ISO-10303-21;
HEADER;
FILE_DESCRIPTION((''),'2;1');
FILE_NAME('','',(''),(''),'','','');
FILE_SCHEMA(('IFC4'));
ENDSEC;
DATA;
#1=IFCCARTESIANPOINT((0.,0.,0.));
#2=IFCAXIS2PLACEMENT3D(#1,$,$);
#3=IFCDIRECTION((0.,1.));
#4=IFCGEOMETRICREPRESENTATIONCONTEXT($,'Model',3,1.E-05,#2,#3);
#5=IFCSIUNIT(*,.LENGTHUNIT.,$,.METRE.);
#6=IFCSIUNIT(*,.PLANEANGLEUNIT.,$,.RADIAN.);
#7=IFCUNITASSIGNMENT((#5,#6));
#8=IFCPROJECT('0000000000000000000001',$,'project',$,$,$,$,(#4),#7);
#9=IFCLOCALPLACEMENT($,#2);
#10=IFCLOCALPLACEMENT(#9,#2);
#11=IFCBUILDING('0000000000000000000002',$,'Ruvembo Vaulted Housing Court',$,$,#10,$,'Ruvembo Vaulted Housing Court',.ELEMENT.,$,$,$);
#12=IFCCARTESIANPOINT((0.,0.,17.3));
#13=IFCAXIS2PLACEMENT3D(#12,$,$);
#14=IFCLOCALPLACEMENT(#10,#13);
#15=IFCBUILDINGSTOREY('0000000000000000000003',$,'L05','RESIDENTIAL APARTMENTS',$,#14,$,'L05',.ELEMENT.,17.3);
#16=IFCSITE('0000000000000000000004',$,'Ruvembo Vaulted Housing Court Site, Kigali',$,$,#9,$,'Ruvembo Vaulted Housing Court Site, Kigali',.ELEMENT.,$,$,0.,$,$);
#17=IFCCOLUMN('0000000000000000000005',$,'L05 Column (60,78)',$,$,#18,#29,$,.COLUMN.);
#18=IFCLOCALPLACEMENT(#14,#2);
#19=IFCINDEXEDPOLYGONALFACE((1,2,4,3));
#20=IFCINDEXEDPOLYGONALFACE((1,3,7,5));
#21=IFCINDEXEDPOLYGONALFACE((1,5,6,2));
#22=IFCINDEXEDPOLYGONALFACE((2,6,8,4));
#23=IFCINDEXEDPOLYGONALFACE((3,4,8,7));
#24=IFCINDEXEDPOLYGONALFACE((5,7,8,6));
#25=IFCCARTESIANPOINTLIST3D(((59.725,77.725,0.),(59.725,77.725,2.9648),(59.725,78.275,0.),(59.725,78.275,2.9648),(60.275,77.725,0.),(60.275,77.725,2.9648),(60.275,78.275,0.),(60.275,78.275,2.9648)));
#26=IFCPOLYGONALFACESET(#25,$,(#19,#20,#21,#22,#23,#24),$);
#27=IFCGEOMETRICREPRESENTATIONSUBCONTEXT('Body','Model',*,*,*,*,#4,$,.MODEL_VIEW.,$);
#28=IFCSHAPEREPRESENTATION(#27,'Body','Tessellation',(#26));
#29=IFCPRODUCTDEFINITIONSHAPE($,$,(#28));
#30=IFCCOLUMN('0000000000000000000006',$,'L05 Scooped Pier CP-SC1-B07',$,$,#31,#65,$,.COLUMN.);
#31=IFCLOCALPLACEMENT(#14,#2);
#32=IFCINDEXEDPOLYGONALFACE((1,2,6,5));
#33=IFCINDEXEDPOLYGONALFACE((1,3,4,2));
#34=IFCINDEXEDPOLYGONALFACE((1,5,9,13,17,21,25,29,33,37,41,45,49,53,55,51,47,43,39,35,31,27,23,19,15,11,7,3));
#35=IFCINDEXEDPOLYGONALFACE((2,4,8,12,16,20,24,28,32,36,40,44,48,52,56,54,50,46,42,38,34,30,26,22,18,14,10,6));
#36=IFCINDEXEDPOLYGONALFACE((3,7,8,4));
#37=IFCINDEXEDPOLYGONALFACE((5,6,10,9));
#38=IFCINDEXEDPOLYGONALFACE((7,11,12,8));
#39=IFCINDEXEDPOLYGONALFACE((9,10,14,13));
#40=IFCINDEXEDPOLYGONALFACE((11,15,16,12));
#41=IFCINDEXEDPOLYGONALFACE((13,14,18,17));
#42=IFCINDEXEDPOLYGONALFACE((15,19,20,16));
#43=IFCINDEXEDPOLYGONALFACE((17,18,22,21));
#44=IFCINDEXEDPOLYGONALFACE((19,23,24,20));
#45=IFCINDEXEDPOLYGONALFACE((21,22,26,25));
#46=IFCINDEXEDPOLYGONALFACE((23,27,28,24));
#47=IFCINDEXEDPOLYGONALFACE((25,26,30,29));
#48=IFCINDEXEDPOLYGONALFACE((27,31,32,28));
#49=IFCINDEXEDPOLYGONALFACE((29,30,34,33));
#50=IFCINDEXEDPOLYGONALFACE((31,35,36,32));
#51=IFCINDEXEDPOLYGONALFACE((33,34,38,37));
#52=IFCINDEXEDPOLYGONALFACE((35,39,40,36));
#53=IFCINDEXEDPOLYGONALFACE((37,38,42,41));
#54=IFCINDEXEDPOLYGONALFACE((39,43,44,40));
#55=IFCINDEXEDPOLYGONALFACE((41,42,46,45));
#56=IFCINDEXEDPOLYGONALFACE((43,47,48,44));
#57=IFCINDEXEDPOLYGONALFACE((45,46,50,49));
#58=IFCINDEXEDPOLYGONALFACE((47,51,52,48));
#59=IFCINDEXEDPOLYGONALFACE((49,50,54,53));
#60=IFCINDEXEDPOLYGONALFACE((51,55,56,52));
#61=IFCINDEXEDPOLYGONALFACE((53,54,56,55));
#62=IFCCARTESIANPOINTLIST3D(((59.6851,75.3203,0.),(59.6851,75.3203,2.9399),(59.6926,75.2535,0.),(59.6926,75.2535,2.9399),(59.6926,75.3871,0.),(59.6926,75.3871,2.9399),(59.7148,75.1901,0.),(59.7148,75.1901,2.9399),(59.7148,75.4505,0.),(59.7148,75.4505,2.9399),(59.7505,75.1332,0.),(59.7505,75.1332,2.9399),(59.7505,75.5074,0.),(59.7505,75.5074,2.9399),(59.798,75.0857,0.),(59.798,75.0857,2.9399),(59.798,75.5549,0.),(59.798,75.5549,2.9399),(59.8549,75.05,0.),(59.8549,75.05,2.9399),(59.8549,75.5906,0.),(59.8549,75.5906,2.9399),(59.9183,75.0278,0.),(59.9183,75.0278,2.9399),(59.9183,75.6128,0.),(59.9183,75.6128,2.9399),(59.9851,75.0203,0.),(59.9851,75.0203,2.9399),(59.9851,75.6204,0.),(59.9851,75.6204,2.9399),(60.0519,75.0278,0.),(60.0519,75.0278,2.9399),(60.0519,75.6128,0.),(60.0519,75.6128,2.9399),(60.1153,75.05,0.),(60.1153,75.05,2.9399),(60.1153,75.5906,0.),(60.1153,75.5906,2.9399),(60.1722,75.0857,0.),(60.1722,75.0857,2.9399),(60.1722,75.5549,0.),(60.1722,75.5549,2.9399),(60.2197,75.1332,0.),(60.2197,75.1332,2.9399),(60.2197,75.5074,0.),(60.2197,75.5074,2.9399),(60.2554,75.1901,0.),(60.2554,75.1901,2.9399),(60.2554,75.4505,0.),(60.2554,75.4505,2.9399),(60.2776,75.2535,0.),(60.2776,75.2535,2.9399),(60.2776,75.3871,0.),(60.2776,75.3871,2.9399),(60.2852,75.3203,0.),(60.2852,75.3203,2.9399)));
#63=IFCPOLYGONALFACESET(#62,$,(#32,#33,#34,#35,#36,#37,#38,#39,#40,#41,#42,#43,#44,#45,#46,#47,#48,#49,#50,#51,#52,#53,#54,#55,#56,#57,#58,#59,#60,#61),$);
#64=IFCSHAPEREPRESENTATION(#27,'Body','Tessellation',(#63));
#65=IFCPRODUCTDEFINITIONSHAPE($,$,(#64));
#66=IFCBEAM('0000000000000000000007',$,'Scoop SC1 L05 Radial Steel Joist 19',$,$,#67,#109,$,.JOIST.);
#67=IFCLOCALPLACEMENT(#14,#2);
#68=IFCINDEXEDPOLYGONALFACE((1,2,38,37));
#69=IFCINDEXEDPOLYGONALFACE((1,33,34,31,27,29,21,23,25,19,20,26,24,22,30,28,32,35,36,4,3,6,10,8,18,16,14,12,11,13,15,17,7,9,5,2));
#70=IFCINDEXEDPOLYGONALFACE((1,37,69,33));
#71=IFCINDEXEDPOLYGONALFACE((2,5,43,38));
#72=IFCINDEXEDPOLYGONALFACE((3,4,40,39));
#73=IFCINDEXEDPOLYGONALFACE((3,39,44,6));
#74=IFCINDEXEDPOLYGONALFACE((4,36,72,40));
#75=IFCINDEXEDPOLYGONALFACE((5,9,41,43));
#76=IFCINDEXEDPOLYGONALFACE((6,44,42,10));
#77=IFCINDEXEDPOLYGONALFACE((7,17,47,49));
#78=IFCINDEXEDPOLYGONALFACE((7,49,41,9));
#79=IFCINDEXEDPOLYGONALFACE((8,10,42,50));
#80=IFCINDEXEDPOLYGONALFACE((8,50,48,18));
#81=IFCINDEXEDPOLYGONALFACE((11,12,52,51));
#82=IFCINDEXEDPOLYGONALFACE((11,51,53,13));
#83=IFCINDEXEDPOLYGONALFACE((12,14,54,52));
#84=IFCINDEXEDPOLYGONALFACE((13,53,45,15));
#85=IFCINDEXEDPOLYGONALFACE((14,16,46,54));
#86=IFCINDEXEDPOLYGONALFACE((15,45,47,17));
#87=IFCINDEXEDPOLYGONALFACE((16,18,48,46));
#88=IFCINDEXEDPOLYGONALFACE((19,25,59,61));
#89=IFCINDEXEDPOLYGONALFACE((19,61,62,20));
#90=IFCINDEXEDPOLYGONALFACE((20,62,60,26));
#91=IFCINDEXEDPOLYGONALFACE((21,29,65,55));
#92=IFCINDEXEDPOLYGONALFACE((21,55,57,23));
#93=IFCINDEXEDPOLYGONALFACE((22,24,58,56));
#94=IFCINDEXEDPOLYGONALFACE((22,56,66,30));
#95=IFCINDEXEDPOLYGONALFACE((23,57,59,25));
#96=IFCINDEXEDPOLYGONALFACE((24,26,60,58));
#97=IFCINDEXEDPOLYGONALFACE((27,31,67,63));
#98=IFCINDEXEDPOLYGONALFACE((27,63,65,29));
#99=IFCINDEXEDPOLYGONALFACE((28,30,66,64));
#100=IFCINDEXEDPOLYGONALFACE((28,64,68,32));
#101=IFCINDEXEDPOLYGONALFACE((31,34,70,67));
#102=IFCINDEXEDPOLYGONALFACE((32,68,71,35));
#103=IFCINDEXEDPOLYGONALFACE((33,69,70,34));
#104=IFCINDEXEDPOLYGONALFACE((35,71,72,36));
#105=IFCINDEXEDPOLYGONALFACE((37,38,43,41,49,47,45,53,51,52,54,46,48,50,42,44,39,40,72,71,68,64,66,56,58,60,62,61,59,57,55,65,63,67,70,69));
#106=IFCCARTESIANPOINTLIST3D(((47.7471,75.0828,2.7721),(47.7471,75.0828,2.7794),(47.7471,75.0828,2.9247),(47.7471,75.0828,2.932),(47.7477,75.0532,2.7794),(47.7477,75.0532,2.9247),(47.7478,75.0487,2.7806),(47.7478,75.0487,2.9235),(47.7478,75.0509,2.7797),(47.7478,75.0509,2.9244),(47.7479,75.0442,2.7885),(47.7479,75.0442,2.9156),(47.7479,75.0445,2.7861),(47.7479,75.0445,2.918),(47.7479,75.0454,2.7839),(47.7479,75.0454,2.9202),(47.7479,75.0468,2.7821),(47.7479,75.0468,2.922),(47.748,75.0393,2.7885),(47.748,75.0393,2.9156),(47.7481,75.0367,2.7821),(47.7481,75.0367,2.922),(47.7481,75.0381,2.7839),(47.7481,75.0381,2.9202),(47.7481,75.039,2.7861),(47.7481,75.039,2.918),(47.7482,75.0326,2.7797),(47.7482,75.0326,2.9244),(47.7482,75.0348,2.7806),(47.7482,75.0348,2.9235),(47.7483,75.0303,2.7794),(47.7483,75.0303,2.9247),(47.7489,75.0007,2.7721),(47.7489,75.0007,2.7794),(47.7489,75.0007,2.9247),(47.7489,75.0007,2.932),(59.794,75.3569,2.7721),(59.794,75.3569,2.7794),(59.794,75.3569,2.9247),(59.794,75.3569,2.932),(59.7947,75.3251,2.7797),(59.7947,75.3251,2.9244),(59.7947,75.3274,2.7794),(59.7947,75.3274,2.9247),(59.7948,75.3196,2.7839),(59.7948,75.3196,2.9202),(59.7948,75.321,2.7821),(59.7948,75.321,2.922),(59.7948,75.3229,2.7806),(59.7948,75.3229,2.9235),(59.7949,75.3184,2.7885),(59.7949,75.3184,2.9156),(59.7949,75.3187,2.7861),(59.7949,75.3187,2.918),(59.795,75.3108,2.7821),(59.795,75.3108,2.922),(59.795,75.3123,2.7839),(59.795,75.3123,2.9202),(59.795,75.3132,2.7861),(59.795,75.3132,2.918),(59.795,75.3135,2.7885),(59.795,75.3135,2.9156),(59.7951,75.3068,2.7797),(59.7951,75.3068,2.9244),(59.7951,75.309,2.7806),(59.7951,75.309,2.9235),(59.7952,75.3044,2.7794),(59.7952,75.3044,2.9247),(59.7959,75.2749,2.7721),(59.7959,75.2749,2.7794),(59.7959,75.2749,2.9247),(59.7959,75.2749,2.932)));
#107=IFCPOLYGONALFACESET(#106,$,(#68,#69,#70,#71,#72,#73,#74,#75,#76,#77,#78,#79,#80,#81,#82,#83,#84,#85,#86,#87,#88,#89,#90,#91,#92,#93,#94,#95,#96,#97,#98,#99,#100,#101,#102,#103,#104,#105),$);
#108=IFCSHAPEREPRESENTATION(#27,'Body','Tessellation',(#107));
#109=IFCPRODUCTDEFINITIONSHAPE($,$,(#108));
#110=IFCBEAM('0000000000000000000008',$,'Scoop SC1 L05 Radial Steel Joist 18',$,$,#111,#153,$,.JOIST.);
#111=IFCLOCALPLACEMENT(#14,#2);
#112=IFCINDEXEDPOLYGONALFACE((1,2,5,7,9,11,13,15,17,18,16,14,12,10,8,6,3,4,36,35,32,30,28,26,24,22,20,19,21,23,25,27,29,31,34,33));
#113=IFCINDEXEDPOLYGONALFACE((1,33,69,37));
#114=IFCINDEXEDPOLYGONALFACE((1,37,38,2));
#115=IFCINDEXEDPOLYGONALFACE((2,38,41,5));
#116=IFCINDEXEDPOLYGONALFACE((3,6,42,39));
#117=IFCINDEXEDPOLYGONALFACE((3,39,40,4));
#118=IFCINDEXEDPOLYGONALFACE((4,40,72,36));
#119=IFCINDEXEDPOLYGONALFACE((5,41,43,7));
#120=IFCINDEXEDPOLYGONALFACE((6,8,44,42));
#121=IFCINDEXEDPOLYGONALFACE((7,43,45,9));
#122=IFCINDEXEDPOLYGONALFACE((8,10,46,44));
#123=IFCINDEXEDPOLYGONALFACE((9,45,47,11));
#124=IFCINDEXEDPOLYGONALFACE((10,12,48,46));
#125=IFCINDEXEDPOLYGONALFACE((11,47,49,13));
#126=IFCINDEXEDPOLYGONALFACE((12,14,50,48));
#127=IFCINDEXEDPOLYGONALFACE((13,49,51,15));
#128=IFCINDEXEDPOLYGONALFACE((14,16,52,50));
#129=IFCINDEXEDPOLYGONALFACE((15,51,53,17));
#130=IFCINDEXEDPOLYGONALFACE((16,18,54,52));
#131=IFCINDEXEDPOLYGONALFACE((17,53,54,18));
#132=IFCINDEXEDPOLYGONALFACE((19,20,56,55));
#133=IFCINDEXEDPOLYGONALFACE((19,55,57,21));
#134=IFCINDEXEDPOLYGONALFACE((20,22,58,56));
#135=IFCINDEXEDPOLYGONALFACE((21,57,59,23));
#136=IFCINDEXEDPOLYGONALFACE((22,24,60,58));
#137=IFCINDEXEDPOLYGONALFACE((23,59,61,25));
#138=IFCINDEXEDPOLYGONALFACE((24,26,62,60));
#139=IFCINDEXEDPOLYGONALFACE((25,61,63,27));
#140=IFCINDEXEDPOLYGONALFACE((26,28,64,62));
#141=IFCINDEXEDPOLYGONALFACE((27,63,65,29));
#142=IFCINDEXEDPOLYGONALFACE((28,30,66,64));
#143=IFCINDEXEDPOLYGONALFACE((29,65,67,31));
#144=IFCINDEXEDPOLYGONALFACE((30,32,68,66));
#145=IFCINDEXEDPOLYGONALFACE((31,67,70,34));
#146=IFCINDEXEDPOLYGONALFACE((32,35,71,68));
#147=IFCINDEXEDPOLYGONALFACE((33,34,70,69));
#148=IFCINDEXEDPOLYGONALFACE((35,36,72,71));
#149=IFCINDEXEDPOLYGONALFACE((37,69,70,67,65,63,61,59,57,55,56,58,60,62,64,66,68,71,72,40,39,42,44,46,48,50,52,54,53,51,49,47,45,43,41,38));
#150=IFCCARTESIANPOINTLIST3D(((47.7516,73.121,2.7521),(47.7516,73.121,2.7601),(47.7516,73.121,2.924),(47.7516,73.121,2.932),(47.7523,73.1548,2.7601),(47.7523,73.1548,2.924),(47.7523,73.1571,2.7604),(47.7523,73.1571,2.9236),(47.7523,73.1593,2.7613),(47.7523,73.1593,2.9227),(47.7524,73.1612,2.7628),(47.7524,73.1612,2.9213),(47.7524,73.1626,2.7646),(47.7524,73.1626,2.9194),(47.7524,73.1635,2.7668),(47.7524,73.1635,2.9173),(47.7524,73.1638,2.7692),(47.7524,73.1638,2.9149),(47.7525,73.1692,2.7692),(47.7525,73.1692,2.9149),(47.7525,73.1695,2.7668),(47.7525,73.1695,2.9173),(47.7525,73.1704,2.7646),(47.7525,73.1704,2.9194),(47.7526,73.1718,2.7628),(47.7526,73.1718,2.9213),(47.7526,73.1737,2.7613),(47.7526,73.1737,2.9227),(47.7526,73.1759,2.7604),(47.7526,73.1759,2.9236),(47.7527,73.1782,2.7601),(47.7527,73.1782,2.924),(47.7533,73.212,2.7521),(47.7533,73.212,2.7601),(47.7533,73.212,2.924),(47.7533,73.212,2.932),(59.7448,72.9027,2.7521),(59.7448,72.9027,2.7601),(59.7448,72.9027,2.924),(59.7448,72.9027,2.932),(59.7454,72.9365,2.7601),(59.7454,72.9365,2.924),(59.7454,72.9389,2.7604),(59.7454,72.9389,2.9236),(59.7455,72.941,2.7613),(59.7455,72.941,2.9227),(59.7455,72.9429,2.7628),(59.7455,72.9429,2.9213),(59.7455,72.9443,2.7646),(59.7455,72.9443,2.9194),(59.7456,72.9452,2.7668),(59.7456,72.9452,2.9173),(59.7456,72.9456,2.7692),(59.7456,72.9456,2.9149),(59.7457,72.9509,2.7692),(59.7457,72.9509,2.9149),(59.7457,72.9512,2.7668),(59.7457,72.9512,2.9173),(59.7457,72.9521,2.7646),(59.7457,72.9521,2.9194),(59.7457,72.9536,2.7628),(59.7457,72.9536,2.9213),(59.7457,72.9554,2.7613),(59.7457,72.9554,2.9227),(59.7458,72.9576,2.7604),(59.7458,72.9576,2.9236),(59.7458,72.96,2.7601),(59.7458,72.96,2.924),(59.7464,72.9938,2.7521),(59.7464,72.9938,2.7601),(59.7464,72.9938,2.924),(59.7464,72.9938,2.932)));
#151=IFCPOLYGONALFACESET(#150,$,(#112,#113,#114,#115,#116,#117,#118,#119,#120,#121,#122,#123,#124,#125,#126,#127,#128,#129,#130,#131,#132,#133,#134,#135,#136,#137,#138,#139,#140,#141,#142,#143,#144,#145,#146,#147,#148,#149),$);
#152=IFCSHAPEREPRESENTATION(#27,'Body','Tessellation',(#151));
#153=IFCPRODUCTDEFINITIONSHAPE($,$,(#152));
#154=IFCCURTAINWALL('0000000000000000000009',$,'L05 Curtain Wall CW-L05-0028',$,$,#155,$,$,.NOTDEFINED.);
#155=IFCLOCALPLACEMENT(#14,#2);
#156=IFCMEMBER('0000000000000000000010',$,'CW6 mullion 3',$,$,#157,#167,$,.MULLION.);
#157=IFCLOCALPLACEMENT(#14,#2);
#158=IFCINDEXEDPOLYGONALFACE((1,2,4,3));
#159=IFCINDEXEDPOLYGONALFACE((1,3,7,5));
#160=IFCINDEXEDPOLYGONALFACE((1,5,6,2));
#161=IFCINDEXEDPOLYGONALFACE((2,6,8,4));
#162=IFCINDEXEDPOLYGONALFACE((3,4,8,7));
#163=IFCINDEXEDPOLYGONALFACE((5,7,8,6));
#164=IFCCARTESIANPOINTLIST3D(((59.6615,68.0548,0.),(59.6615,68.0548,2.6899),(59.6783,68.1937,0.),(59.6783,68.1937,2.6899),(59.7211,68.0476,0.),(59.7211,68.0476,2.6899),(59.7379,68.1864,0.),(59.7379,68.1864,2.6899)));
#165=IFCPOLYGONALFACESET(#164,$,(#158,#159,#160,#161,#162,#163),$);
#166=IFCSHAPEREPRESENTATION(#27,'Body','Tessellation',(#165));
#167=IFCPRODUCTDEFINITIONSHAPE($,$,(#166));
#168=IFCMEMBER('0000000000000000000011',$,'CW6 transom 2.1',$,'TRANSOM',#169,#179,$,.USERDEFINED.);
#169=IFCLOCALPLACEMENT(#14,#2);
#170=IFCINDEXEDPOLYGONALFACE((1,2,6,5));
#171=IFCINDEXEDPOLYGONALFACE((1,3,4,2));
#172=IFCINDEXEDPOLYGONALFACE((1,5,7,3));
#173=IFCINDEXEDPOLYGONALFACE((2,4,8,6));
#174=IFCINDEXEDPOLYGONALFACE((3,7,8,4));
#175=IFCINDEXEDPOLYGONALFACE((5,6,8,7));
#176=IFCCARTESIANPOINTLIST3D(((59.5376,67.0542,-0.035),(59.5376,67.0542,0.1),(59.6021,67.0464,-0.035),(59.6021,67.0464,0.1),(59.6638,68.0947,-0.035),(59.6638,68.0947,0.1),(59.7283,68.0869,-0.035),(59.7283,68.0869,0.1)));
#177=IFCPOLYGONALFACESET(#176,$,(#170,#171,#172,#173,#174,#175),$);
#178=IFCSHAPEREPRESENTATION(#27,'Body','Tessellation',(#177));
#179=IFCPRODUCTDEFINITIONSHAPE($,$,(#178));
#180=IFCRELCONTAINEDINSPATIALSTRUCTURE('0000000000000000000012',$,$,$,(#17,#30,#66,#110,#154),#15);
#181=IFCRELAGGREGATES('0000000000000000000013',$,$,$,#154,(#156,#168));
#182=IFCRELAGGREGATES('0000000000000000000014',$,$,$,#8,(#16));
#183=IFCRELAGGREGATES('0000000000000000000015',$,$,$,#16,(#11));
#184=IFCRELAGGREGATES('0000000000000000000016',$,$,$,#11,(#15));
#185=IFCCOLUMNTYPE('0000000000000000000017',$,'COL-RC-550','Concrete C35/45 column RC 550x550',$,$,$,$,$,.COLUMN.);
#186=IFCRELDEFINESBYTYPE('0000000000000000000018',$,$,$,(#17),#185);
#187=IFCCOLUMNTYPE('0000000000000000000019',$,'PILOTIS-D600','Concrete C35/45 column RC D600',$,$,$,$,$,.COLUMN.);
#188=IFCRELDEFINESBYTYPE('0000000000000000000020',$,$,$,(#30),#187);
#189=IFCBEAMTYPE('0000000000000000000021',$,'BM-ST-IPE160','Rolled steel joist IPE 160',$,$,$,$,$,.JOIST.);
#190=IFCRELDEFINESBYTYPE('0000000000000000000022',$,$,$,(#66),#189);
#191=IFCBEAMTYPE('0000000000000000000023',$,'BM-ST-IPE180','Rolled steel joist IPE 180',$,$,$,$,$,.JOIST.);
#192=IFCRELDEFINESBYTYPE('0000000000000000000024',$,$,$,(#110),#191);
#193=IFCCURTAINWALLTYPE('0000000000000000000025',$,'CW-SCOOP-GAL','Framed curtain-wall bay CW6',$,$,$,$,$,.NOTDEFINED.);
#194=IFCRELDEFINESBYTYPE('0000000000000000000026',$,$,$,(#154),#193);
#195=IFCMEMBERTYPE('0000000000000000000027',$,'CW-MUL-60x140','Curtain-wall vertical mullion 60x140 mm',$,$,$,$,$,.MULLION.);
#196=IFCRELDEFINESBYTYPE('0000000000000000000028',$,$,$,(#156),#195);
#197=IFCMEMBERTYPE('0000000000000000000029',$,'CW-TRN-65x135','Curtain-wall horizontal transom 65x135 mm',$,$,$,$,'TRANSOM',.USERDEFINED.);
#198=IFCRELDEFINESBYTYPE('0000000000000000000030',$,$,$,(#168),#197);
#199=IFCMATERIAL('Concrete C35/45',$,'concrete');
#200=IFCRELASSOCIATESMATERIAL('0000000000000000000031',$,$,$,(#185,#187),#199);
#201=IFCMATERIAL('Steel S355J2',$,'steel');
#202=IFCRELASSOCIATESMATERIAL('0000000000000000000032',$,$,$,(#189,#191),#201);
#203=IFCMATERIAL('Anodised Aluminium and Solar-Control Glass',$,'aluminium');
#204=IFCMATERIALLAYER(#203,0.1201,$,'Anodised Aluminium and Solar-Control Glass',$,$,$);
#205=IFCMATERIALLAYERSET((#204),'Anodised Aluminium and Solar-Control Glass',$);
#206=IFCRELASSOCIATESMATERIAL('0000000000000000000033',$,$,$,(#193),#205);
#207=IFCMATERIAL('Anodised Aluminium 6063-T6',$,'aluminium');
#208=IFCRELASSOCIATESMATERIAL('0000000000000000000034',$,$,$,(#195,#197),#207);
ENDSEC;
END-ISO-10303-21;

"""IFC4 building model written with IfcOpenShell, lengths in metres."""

from ifc_helpers import new_model, si_unit, direction, frame, origin, origin_2d, place, context, subcontext, project, spatial, rectangle, circle, i_section, extrude, material, layer, layer_set, material_profile, profile_set, type_object, element, aggregate, save


model = new_model("IFC4")

# Units and contexts
model_context = context("Model", 3, precision=1e-05, world=origin(), true_north=direction((0.0, 1.0)))
body_context = subcontext(model_context, "Body", "Model", "MODEL_VIEW")
ifc_project = project(units=[si_unit("LENGTHUNIT", "METRE"), si_unit("PLANEANGLEUNIT", "RADIAN")], contexts=[model_context])

# Site, building, storey
site_placement = place(None, origin())
site = spatial("IfcSite", under=ifc_project, at=site_placement, Name="Ruvembo Vaulted Housing Court Site, Kigali", LongName="Ruvembo Vaulted Housing Court Site, Kigali", CompositionType="ELEMENT", RefElevation=0.0)
building_placement = place(site_placement, origin())
building = spatial("IfcBuilding", under=site, at=building_placement, Name="Ruvembo Vaulted Housing Court", LongName="Ruvembo Vaulted Housing Court", CompositionType="ELEMENT")
storey_placement = place(building_placement, frame((0.0, 0.0, 17.3)))
storey = spatial("IfcBuildingStorey", under=building, at=storey_placement, Name="L05", Description="RESIDENTIAL APARTMENTS", LongName="L05", CompositionType="ELEMENT", Elevation=17.3)

# Columns
ifc_material_1 = material(Name="Concrete C35/45", Category="concrete")
ifc_material_profile_1 = material_profile(ifc_material_1, rectangle(XDim=0.55, YDim=0.55, at=origin_2d()), Name="RC 550x550")
ifc_profile_set_1 = profile_set([ifc_material_profile_1], Name="Concrete C35/45")
column_type_1 = type_object("IfcColumnType", Name="COL-RC-550", Description="Concrete C35/45 column RC 550x550", PredefinedType="COLUMN", material=ifc_profile_set_1)
column_1_placement = place(storey_placement, frame((60.0, 78.0, 0.0), z_axis=(0.0, 0.0, 1.0), x_axis=(1.0, 0.0, 0.0)))
element("IfcColumn", 1, at=column_1_placement, inside=storey, type_object=column_type_1, Name="L05 Column (60,78)", PredefinedType="COLUMN", context=body_context, shape_type="SweptSolid", body=[
    extrude(rectangle(XDim=0.55, YDim=0.55, at=origin_2d()), origin(), (0.0, 0.0, 1.0), 2.9648),
])
ifc_material_profile_2 = material_profile(ifc_material_1, circle(Radius=0.3, at=origin_2d()), Name="RC D600")
ifc_profile_set_2 = profile_set([ifc_material_profile_2], Name="Concrete C35/45")
column_type_2 = type_object("IfcColumnType", Name="PILOTIS-D600", Description="Concrete C35/45 column RC D600", PredefinedType="COLUMN", material=ifc_profile_set_2)
column_2_placement = place(storey_placement, frame((59.9851, 75.3203, 0.0), z_axis=(0.0, 0.0, 1.0), x_axis=(1.0, 0.0, 0.0)))
element("IfcColumn", 2, at=column_2_placement, inside=storey, type_object=column_type_2, Name="L05 Scooped Pier CP-SC1-B07", PredefinedType="COLUMN", context=body_context, shape_type="SweptSolid", body=[
    extrude(circle(Radius=0.3, at=origin_2d()), origin(), (0.0, 0.0, 1.0), 2.9399),
])

# Beams
ifc_material_2 = material(Name="Steel S355J2", Category="steel")
ifc_material_profile_3 = material_profile(ifc_material_2, i_section(OverallWidth=0.082, OverallDepth=0.1599, WebThickness=0.0049, FlangeThickness=0.0073, FilletRadius=0.009, at=origin_2d()), Name="IPE 160")
ifc_profile_set_3 = profile_set([ifc_material_profile_3], Name="Steel S355J2")
beam_type_1 = type_object("IfcBeamType", Name="BM-ST-IPE160", Description="Rolled steel joist IPE 160", PredefinedType="JOIST", material=ifc_profile_set_3)
beam_1_placement = place(storey_placement, frame((59.7949, 75.3159, 2.8521), z_axis=(-0.999741, -0.022753, 0.0), x_axis=(0.022753, -0.999741, 0.0)))
element("IfcBeam", 3, at=beam_1_placement, inside=storey, type_object=beam_type_1, Name="Scoop SC1 L05 Radial Steel Joist 19", PredefinedType="JOIST", context=body_context, shape_type="SweptSolid", body=[
    extrude(i_section(OverallWidth=0.082, OverallDepth=0.1599, WebThickness=0.0049, FlangeThickness=0.0073, FilletRadius=0.009, at=origin_2d()), origin(), (0.0, 0.0, 1.0), 12.05),
])
ifc_material_profile_4 = material_profile(ifc_material_2, i_section(OverallWidth=0.0911, OverallDepth=0.1799, WebThickness=0.0054, FlangeThickness=0.0081, FilletRadius=0.009, at=origin_2d()), Name="IPE 180")
ifc_profile_set_4 = profile_set([ifc_material_profile_4], Name="Steel S355J2")
beam_type_2 = type_object("IfcBeamType", Name="BM-ST-IPE180", Description="Rolled steel joist IPE 180", PredefinedType="JOIST", material=ifc_profile_set_4)
beam_2_placement = place(storey_placement, frame((59.7456, 72.9482, 2.842), z_axis=(-0.999834, 0.018196, 0.0), x_axis=(-0.018196, -0.999834, 0.0)))
element("IfcBeam", 4, at=beam_2_placement, inside=storey, type_object=beam_type_2, Name="Scoop SC1 L05 Radial Steel Joist 18", PredefinedType="JOIST", context=body_context, shape_type="SweptSolid", body=[
    extrude(i_section(OverallWidth=0.0911, OverallDepth=0.1799, WebThickness=0.0054, FlangeThickness=0.0081, FilletRadius=0.009, at=origin_2d()), origin(), (0.0, 0.0, 1.0), 11.9951),
])

# Curtain wall, members
ifc_material_3 = material(Name="Anodised Aluminium and Solar-Control Glass", Category="aluminium")
ifc_layer_1 = layer(ifc_material_3, 0.1201, Name="Anodised Aluminium and Solar-Control Glass")
ifc_layer_set_1 = layer_set([ifc_layer_1], Name="Anodised Aluminium and Solar-Control Glass")
curtain_wall_type = type_object("IfcCurtainWallType", Name="CW-SCOOP-GAL", Description="Framed curtain-wall bay CW6", PredefinedType="NOTDEFINED", material=ifc_layer_set_1)
curtain_wall_placement = place(storey_placement, origin())
curtain_wall = element("IfcCurtainWall", 5, at=curtain_wall_placement, inside=storey, type_object=curtain_wall_type, Name="L05 Curtain Wall CW-L05-0028", PredefinedType="NOTDEFINED")
ifc_material_4 = material(Name="Anodised Aluminium 6063-T6", Category="aluminium")
ifc_material_profile_5 = material_profile(ifc_material_4, rectangle(XDim=0.0601, YDim=0.1399, at=origin_2d()), Name="ALU 60x140")
ifc_profile_set_5 = profile_set([ifc_material_profile_5], Name="Anodised Aluminium 6063-T6")
member_type_1 = type_object("IfcMemberType", Name="CW-MUL-60x140", Description="Curtain-wall vertical mullion 60x140 mm", PredefinedType="MULLION", material=ifc_profile_set_5)
member_1_placement = place(storey_placement, frame((59.6997, 68.1206, 0.0), z_axis=(0.0, 0.0, 1.0), x_axis=(-0.992725, 0.120401, 0.0)))
member_1 = element("IfcMember", 6, at=member_1_placement, type_object=member_type_1, Name="CW6 mullion 3", PredefinedType="MULLION", context=body_context, shape_type="SweptSolid", body=[
    extrude(rectangle(XDim=0.0601, YDim=0.1399, at=origin_2d()), origin(), (0.0, 0.0, 1.0), 2.6899),
])
ifc_material_profile_6 = material_profile(ifc_material_4, rectangle(XDim=0.0649, YDim=0.135, at=origin_2d()), Name="ALU 65x135")
ifc_profile_set_6 = profile_set([ifc_material_profile_6], Name="Anodised Aluminium 6063-T6")
member_type_2 = type_object("IfcMemberType", Name="CW-TRN-65x135", Description="Curtain-wall horizontal transom 65x135 mm", ElementType="TRANSOM", PredefinedType="USERDEFINED", material=ifc_profile_set_6)
member_2_placement = place(storey_placement, frame((59.5698, 67.0503, 0.0325), z_axis=(0.120422, 0.992723, 0.0), x_axis=(-0.992723, 0.120422, 0.0)))
member_2 = element("IfcMember", 7, at=member_2_placement, type_object=member_type_2, Name="CW6 transom 2.1", ObjectType="TRANSOM", PredefinedType="USERDEFINED", context=body_context, shape_type="SweptSolid", body=[
    extrude(rectangle(XDim=0.0649, YDim=0.135, at=origin_2d()), origin(), (0.0, 0.0, 1.0), 1.0481),
])

aggregate(curtain_wall, [member_1, member_2])

save(model, "model.ifc")
